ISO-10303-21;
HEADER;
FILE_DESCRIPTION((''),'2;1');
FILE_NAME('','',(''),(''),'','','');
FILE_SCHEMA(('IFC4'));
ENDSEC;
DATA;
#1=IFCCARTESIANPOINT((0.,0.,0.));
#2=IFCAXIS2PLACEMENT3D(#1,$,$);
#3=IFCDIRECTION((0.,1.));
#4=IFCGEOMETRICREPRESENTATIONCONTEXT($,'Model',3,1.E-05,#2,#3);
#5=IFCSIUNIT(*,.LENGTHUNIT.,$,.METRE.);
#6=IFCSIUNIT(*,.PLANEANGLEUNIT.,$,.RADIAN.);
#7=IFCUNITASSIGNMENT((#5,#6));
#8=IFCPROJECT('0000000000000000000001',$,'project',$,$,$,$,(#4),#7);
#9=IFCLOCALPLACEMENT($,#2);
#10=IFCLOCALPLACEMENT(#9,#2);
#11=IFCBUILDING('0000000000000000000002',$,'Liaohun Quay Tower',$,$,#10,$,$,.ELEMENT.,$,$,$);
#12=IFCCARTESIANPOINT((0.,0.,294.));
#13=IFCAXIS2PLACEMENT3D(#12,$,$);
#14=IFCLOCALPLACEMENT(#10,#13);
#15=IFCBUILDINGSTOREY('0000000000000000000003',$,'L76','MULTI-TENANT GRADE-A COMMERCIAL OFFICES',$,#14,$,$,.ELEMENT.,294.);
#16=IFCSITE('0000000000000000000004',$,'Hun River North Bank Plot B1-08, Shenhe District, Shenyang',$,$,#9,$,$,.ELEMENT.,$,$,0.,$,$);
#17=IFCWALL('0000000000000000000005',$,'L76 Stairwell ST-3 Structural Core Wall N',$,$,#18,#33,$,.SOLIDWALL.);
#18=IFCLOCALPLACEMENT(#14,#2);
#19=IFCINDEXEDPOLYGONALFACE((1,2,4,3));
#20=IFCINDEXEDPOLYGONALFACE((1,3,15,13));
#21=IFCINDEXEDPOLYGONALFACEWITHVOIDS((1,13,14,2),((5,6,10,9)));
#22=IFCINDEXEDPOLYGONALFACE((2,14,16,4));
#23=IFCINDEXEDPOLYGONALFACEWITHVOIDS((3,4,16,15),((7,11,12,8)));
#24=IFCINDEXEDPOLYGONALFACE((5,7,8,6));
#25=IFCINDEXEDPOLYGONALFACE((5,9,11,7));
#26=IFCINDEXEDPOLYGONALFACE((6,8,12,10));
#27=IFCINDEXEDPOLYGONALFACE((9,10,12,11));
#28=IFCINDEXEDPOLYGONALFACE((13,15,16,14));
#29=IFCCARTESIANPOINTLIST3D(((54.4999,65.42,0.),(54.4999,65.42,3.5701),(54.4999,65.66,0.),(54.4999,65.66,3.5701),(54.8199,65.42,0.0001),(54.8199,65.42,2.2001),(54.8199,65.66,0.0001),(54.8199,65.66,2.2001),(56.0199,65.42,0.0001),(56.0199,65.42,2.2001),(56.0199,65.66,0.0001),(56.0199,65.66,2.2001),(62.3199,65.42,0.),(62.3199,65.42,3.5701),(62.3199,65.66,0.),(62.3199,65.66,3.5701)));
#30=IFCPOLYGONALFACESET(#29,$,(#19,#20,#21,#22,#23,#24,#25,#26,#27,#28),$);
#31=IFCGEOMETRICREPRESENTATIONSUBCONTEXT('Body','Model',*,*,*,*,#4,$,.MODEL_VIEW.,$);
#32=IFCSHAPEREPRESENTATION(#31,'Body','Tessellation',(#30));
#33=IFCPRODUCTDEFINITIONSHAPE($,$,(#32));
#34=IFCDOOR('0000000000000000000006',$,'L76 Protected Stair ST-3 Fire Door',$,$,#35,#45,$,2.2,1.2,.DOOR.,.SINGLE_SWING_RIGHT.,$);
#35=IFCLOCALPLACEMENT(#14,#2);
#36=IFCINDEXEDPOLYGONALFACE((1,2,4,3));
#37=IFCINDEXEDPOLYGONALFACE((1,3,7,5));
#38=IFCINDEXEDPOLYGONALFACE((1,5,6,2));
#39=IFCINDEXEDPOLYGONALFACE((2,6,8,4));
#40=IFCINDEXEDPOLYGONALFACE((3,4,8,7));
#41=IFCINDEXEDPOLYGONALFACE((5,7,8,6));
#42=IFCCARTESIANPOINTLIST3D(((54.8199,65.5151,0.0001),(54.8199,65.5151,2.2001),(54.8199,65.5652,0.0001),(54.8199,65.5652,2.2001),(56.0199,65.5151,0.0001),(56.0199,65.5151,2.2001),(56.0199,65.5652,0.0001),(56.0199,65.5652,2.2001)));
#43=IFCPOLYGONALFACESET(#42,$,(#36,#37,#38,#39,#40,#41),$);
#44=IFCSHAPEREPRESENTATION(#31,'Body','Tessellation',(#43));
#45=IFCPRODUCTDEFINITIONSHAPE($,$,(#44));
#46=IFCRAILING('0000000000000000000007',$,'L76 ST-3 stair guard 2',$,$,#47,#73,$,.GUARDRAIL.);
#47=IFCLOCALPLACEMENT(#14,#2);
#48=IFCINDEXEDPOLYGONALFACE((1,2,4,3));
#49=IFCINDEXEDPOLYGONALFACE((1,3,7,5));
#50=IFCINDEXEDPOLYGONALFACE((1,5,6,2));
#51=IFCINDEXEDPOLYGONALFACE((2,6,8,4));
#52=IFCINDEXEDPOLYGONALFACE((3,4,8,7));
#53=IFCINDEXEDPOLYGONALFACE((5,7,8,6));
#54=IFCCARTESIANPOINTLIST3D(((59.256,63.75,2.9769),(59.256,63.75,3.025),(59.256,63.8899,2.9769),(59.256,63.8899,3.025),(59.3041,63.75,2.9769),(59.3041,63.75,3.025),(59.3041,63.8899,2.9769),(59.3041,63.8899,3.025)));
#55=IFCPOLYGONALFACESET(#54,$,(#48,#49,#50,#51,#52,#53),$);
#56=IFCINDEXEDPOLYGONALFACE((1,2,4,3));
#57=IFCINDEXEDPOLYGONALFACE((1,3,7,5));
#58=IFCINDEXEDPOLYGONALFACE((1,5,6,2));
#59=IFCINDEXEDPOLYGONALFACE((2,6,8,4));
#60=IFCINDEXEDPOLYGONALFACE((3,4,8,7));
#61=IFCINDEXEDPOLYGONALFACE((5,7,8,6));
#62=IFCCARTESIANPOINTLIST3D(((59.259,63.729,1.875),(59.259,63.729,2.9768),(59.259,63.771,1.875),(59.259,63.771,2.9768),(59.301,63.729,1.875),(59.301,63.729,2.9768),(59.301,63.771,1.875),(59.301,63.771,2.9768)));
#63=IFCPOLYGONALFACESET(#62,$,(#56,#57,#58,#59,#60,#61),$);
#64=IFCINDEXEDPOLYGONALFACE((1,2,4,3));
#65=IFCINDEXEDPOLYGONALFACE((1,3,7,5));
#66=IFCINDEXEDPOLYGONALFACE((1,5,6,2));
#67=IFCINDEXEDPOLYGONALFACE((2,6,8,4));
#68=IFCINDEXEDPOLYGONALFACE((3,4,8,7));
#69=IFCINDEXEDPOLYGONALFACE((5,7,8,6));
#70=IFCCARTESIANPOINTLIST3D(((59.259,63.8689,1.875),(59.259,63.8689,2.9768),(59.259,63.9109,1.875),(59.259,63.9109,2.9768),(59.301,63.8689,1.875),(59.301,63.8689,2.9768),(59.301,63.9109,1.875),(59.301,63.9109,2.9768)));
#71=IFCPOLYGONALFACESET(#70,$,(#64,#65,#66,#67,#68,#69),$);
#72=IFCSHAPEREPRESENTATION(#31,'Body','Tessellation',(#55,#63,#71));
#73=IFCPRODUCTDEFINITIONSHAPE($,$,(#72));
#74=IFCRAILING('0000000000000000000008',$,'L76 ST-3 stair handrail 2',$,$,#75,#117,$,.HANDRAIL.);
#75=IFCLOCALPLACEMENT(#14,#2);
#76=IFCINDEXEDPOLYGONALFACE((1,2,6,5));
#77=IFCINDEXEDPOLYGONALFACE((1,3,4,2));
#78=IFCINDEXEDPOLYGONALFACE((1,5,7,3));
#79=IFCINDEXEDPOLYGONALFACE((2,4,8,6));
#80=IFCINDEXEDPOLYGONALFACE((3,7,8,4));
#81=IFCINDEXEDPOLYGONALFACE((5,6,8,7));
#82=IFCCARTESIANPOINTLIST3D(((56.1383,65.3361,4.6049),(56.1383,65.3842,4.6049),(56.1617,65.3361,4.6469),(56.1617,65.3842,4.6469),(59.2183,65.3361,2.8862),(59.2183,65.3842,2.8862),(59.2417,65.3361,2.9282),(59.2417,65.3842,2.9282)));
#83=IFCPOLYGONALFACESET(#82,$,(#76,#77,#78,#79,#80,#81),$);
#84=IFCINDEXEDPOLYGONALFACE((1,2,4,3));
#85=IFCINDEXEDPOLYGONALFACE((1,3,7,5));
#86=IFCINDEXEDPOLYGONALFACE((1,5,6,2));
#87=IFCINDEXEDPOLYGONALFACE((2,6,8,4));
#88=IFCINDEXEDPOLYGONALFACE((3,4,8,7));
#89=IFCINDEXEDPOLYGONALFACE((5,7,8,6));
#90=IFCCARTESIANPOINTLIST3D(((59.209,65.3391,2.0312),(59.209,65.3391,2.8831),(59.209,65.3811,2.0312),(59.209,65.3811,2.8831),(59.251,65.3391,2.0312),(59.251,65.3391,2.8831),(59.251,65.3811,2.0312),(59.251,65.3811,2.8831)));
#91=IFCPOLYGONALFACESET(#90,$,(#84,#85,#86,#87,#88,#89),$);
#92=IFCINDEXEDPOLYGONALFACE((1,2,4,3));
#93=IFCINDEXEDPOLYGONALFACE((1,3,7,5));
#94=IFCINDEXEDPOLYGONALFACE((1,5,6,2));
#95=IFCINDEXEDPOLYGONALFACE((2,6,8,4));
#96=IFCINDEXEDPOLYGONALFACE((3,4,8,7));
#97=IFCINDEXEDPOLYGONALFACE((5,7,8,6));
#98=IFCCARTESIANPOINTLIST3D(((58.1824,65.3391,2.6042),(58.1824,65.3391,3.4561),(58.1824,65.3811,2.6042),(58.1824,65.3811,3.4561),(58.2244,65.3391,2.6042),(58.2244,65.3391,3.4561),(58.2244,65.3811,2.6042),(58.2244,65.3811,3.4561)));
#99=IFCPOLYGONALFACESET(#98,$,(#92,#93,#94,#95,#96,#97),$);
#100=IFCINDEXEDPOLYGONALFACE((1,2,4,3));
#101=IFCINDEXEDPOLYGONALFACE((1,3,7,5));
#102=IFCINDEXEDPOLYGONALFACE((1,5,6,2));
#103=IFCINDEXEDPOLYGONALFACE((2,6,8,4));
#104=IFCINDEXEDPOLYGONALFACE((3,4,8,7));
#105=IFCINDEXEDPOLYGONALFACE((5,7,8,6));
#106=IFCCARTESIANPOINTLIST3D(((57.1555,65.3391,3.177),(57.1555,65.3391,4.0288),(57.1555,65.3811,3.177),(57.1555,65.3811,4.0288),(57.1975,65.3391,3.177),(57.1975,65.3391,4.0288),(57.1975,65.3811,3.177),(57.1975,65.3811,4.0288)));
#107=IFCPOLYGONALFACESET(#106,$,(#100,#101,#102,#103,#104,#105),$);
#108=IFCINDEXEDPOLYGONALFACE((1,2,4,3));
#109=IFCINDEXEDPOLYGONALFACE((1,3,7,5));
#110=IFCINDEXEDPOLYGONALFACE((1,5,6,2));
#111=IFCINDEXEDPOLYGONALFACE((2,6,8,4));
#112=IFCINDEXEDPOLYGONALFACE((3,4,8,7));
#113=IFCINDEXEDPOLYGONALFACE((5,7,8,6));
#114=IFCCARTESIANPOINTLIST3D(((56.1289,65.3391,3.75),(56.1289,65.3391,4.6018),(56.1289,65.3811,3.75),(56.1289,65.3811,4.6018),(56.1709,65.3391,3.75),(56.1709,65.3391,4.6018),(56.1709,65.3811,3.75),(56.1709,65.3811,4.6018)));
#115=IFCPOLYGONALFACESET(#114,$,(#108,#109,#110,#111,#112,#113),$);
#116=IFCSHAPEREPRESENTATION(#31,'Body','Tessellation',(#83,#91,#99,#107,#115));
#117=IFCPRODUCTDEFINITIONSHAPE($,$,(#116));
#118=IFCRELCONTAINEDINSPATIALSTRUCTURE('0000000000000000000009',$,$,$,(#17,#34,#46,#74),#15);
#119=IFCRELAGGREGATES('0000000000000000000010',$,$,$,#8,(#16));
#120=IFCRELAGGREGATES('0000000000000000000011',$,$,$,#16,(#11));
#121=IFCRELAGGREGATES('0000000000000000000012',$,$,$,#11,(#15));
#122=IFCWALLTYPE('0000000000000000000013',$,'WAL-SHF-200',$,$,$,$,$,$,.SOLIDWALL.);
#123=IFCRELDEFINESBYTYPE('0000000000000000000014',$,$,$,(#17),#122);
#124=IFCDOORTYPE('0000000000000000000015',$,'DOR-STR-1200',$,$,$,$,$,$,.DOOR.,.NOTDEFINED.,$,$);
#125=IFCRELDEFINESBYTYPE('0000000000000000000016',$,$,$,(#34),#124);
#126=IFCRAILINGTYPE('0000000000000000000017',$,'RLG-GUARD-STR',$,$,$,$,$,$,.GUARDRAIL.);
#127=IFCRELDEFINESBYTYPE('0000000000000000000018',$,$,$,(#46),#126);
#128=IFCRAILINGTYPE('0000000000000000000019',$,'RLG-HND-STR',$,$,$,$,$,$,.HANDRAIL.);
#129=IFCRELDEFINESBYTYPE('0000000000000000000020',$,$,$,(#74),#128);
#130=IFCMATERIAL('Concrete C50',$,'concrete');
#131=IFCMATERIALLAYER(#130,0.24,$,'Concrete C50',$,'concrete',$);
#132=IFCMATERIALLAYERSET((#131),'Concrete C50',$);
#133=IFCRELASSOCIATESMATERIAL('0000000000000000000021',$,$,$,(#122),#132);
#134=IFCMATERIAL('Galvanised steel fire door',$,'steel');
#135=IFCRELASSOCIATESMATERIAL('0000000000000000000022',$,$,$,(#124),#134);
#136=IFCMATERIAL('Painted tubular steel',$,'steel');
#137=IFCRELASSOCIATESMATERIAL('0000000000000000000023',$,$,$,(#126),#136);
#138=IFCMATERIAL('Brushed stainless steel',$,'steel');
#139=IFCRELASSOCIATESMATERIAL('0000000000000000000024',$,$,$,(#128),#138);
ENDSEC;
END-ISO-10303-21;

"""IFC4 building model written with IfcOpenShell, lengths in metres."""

from ifc_helpers import new_model, si_unit, direction, frame, frame_2d, origin, origin_2d, place, context, subcontext, project, spatial, rectangle, extrude, source, transform, mapped, material, layer, layer_set, type_object, element, fill, save


model = new_model("IFC4")

# Units and contexts
model_context = context("Model", 3, precision=1e-05, world=origin(), true_north=direction((0.0, 1.0)))
body_context = subcontext(model_context, "Body", "Model", "MODEL_VIEW")
ifc_project = project(units=[si_unit("LENGTHUNIT", "METRE"), si_unit("PLANEANGLEUNIT", "RADIAN")], contexts=[model_context])

# Site, building, storey
site_placement = place(None, origin())
site = spatial("IfcSite", under=ifc_project, at=site_placement, Name="Hun River North Bank Plot B1-08, Shenhe District, Shenyang", CompositionType="ELEMENT", RefElevation=0.0)
building_placement = place(site_placement, origin())
building = spatial("IfcBuilding", under=site, at=building_placement, Name="Liaohun Quay Tower", CompositionType="ELEMENT")
storey_placement = place(building_placement, frame((0.0, 0.0, 294.0)))
storey = spatial("IfcBuildingStorey", under=building, at=storey_placement, Name="L76", Description="MULTI-TENANT GRADE-A COMMERCIAL OFFICES", CompositionType="ELEMENT", Elevation=294.0)

# Shared definitions
ifc_material_1 = material(Name="Concrete C50", Category="concrete")

# Shared definitions
ifc_layer_1 = layer(ifc_material_1, 0.24, Name="Concrete C50", Category="concrete")
ifc_layer_set_1 = layer_set([ifc_layer_1], Name="Concrete C50")
wall_type_1 = type_object("IfcWallType", Name="WAL-SHF-200", PredefinedType="SOLIDWALL", material=ifc_layer_set_1)

# Wall, opening, door
wall_1_placement = place(storey_placement, frame((62.3201, 65.54, 0.0), z_axis=(0.0, 0.0, 1.0), x_axis=(-1.0, 0.0, 0.0)))
wall_1 = element("IfcWall", 1, at=wall_1_placement, inside=storey, type_object=wall_type_1, Name="L76 Stairwell ST-3 Structural Core Wall N", PredefinedType="SOLIDWALL", context=body_context, shape_type="SweptSolid", body=[
    extrude(rectangle(XDim=7.8201, YDim=0.24, at=frame_2d((3.9102, 0.0))), origin(), (0.0, 0.0, 1.0), 3.5701),
])
shared_shape_1 = source(origin(), body_context, "Body", "SweptSolid", [
    extrude(rectangle(XDim=1.2, YDim=2.2, at=frame_2d((0.6001, 1.1001))), frame((0.0, 0.1299, 0.0), z_axis=(0.0, -1.0, 0.0), x_axis=(1.0, 0.0, 0.0)), (0.0, 0.0, 1.0), 0.26),
])
opening_1_placement = place(wall_1_placement, frame((6.3, 0.0, 0.0)))
opening_1 = element("IfcOpeningElement", 2, at=opening_1_placement, cuts=wall_1, PredefinedType="OPENING", context=body_context, shape_type="MappedRepresentation", body=[
    mapped(shared_shape_1, transform((0.0, 0.0, 0.0), x_axis=(1.0, 0.0, 0.0), y_axis=(0.0, 1.0, 0.0), z_axis=(0.0, 0.0, 1.0), scale=1.0)),
])
ifc_material_2 = material(Name="Galvanised steel fire door", Category="steel")
door_type_1 = type_object("IfcDoorType", Name="DOR-STR-1200", OperationType="NOTDEFINED", PredefinedType="DOOR", material=ifc_material_2)
shared_shape_2 = source(origin(), body_context, "Body", "SweptSolid", [
    extrude(rectangle(XDim=1.2, YDim=2.2, at=frame_2d((0.6001, 1.1001))), frame((0.0, 0.0249, 0.0), z_axis=(0.0, -1.0, 0.0), x_axis=(1.0, 0.0, 0.0)), (0.0, 0.0, 1.0), 0.05),
])
door_1_placement = place(opening_1_placement, origin())
door_1 = element("IfcDoor", 3, at=door_1_placement, inside=storey, type_object=door_type_1, Name="L76 Protected Stair ST-3 Fire Door", OperationType="SINGLE_SWING_RIGHT", OverallHeight=2.2, OverallWidth=1.2, PredefinedType="DOOR", context=body_context, shape_type="MappedRepresentation", body=[
    mapped(shared_shape_2, transform((0.0, 0.0, 0.0), x_axis=(1.0, 0.0, 0.0), y_axis=(0.0, 1.0, 0.0), z_axis=(0.0, 0.0, 1.0), scale=1.0)),
])
fill(opening_1, door_1)

# Railings
ifc_material_3 = material(Name="Painted tubular steel", Category="steel")
railing_type_1 = type_object("IfcRailingType", Name="RLG-GUARD-STR", PredefinedType="GUARDRAIL", material=ifc_material_3)
railing_1_placement = place(storey_placement, frame((59.28, 63.75, 1.875)))
element("IfcRailing", 4, at=railing_1_placement, inside=storey, type_object=railing_type_1, Name="L76 ST-3 stair guard 2", PredefinedType="GUARDRAIL", context=body_context, shape_type="SweptSolid", body=[
    extrude(rectangle(XDim=0.0481, YDim=0.0481, at=origin_2d()), frame((0.0, 0.0, 1.126), z_axis=(0.0, 1.0, 0.0), x_axis=(-1.0, 0.0, 0.0)), (0.0, 0.0, 1.0), 0.1399),
    extrude(rectangle(XDim=0.042, YDim=0.042, at=origin_2d()), origin(), (0.0, 0.0, 1.0), 1.1018),
    extrude(rectangle(XDim=0.042, YDim=0.042, at=origin_2d()), frame((0.0, 0.1399, 0.0)), (0.0, 0.0, 1.0), 1.1018),
])
ifc_material_4 = material(Name="Brushed stainless steel", Category="steel")
railing_type_2 = type_object("IfcRailingType", Name="RLG-HND-STR", PredefinedType="HANDRAIL", material=ifc_material_4)
railing_2_placement = place(storey_placement, frame((59.23, 65.3601, 2.0312)))
element("IfcRailing", 5, at=railing_2_placement, inside=storey, type_object=railing_type_2, Name="L76 ST-3 stair handrail 2", PredefinedType="HANDRAIL", context=body_context, shape_type="SweptSolid", body=[
    extrude(rectangle(XDim=0.0481, YDim=0.0481, at=origin_2d()), frame((0.0, 0.0, 0.876), z_axis=(-0.873242, 0.0, 0.487288), x_axis=(0.0, -1.0, 0.0)), (0.0, 0.0, 1.0), 3.5271),
    extrude(rectangle(XDim=0.042, YDim=0.042, at=origin_2d()), origin(), (0.0, 0.0, 1.0), 0.8518),
    extrude(rectangle(XDim=0.042, YDim=0.042, at=origin_2d()), frame((-1.0266, 0.0, 0.573)), (0.0, 0.0, 1.0), 0.8518),
    extrude(rectangle(XDim=0.042, YDim=0.042, at=origin_2d()), frame((-2.0535, 0.0, 1.1458)), (0.0, 0.0, 1.0), 0.8518),
    extrude(rectangle(XDim=0.042, YDim=0.042, at=origin_2d()), frame((-3.0801, 0.0, 1.7188)), (0.0, 0.0, 1.0), 0.8518),
])

save(model, "model.ifc")
